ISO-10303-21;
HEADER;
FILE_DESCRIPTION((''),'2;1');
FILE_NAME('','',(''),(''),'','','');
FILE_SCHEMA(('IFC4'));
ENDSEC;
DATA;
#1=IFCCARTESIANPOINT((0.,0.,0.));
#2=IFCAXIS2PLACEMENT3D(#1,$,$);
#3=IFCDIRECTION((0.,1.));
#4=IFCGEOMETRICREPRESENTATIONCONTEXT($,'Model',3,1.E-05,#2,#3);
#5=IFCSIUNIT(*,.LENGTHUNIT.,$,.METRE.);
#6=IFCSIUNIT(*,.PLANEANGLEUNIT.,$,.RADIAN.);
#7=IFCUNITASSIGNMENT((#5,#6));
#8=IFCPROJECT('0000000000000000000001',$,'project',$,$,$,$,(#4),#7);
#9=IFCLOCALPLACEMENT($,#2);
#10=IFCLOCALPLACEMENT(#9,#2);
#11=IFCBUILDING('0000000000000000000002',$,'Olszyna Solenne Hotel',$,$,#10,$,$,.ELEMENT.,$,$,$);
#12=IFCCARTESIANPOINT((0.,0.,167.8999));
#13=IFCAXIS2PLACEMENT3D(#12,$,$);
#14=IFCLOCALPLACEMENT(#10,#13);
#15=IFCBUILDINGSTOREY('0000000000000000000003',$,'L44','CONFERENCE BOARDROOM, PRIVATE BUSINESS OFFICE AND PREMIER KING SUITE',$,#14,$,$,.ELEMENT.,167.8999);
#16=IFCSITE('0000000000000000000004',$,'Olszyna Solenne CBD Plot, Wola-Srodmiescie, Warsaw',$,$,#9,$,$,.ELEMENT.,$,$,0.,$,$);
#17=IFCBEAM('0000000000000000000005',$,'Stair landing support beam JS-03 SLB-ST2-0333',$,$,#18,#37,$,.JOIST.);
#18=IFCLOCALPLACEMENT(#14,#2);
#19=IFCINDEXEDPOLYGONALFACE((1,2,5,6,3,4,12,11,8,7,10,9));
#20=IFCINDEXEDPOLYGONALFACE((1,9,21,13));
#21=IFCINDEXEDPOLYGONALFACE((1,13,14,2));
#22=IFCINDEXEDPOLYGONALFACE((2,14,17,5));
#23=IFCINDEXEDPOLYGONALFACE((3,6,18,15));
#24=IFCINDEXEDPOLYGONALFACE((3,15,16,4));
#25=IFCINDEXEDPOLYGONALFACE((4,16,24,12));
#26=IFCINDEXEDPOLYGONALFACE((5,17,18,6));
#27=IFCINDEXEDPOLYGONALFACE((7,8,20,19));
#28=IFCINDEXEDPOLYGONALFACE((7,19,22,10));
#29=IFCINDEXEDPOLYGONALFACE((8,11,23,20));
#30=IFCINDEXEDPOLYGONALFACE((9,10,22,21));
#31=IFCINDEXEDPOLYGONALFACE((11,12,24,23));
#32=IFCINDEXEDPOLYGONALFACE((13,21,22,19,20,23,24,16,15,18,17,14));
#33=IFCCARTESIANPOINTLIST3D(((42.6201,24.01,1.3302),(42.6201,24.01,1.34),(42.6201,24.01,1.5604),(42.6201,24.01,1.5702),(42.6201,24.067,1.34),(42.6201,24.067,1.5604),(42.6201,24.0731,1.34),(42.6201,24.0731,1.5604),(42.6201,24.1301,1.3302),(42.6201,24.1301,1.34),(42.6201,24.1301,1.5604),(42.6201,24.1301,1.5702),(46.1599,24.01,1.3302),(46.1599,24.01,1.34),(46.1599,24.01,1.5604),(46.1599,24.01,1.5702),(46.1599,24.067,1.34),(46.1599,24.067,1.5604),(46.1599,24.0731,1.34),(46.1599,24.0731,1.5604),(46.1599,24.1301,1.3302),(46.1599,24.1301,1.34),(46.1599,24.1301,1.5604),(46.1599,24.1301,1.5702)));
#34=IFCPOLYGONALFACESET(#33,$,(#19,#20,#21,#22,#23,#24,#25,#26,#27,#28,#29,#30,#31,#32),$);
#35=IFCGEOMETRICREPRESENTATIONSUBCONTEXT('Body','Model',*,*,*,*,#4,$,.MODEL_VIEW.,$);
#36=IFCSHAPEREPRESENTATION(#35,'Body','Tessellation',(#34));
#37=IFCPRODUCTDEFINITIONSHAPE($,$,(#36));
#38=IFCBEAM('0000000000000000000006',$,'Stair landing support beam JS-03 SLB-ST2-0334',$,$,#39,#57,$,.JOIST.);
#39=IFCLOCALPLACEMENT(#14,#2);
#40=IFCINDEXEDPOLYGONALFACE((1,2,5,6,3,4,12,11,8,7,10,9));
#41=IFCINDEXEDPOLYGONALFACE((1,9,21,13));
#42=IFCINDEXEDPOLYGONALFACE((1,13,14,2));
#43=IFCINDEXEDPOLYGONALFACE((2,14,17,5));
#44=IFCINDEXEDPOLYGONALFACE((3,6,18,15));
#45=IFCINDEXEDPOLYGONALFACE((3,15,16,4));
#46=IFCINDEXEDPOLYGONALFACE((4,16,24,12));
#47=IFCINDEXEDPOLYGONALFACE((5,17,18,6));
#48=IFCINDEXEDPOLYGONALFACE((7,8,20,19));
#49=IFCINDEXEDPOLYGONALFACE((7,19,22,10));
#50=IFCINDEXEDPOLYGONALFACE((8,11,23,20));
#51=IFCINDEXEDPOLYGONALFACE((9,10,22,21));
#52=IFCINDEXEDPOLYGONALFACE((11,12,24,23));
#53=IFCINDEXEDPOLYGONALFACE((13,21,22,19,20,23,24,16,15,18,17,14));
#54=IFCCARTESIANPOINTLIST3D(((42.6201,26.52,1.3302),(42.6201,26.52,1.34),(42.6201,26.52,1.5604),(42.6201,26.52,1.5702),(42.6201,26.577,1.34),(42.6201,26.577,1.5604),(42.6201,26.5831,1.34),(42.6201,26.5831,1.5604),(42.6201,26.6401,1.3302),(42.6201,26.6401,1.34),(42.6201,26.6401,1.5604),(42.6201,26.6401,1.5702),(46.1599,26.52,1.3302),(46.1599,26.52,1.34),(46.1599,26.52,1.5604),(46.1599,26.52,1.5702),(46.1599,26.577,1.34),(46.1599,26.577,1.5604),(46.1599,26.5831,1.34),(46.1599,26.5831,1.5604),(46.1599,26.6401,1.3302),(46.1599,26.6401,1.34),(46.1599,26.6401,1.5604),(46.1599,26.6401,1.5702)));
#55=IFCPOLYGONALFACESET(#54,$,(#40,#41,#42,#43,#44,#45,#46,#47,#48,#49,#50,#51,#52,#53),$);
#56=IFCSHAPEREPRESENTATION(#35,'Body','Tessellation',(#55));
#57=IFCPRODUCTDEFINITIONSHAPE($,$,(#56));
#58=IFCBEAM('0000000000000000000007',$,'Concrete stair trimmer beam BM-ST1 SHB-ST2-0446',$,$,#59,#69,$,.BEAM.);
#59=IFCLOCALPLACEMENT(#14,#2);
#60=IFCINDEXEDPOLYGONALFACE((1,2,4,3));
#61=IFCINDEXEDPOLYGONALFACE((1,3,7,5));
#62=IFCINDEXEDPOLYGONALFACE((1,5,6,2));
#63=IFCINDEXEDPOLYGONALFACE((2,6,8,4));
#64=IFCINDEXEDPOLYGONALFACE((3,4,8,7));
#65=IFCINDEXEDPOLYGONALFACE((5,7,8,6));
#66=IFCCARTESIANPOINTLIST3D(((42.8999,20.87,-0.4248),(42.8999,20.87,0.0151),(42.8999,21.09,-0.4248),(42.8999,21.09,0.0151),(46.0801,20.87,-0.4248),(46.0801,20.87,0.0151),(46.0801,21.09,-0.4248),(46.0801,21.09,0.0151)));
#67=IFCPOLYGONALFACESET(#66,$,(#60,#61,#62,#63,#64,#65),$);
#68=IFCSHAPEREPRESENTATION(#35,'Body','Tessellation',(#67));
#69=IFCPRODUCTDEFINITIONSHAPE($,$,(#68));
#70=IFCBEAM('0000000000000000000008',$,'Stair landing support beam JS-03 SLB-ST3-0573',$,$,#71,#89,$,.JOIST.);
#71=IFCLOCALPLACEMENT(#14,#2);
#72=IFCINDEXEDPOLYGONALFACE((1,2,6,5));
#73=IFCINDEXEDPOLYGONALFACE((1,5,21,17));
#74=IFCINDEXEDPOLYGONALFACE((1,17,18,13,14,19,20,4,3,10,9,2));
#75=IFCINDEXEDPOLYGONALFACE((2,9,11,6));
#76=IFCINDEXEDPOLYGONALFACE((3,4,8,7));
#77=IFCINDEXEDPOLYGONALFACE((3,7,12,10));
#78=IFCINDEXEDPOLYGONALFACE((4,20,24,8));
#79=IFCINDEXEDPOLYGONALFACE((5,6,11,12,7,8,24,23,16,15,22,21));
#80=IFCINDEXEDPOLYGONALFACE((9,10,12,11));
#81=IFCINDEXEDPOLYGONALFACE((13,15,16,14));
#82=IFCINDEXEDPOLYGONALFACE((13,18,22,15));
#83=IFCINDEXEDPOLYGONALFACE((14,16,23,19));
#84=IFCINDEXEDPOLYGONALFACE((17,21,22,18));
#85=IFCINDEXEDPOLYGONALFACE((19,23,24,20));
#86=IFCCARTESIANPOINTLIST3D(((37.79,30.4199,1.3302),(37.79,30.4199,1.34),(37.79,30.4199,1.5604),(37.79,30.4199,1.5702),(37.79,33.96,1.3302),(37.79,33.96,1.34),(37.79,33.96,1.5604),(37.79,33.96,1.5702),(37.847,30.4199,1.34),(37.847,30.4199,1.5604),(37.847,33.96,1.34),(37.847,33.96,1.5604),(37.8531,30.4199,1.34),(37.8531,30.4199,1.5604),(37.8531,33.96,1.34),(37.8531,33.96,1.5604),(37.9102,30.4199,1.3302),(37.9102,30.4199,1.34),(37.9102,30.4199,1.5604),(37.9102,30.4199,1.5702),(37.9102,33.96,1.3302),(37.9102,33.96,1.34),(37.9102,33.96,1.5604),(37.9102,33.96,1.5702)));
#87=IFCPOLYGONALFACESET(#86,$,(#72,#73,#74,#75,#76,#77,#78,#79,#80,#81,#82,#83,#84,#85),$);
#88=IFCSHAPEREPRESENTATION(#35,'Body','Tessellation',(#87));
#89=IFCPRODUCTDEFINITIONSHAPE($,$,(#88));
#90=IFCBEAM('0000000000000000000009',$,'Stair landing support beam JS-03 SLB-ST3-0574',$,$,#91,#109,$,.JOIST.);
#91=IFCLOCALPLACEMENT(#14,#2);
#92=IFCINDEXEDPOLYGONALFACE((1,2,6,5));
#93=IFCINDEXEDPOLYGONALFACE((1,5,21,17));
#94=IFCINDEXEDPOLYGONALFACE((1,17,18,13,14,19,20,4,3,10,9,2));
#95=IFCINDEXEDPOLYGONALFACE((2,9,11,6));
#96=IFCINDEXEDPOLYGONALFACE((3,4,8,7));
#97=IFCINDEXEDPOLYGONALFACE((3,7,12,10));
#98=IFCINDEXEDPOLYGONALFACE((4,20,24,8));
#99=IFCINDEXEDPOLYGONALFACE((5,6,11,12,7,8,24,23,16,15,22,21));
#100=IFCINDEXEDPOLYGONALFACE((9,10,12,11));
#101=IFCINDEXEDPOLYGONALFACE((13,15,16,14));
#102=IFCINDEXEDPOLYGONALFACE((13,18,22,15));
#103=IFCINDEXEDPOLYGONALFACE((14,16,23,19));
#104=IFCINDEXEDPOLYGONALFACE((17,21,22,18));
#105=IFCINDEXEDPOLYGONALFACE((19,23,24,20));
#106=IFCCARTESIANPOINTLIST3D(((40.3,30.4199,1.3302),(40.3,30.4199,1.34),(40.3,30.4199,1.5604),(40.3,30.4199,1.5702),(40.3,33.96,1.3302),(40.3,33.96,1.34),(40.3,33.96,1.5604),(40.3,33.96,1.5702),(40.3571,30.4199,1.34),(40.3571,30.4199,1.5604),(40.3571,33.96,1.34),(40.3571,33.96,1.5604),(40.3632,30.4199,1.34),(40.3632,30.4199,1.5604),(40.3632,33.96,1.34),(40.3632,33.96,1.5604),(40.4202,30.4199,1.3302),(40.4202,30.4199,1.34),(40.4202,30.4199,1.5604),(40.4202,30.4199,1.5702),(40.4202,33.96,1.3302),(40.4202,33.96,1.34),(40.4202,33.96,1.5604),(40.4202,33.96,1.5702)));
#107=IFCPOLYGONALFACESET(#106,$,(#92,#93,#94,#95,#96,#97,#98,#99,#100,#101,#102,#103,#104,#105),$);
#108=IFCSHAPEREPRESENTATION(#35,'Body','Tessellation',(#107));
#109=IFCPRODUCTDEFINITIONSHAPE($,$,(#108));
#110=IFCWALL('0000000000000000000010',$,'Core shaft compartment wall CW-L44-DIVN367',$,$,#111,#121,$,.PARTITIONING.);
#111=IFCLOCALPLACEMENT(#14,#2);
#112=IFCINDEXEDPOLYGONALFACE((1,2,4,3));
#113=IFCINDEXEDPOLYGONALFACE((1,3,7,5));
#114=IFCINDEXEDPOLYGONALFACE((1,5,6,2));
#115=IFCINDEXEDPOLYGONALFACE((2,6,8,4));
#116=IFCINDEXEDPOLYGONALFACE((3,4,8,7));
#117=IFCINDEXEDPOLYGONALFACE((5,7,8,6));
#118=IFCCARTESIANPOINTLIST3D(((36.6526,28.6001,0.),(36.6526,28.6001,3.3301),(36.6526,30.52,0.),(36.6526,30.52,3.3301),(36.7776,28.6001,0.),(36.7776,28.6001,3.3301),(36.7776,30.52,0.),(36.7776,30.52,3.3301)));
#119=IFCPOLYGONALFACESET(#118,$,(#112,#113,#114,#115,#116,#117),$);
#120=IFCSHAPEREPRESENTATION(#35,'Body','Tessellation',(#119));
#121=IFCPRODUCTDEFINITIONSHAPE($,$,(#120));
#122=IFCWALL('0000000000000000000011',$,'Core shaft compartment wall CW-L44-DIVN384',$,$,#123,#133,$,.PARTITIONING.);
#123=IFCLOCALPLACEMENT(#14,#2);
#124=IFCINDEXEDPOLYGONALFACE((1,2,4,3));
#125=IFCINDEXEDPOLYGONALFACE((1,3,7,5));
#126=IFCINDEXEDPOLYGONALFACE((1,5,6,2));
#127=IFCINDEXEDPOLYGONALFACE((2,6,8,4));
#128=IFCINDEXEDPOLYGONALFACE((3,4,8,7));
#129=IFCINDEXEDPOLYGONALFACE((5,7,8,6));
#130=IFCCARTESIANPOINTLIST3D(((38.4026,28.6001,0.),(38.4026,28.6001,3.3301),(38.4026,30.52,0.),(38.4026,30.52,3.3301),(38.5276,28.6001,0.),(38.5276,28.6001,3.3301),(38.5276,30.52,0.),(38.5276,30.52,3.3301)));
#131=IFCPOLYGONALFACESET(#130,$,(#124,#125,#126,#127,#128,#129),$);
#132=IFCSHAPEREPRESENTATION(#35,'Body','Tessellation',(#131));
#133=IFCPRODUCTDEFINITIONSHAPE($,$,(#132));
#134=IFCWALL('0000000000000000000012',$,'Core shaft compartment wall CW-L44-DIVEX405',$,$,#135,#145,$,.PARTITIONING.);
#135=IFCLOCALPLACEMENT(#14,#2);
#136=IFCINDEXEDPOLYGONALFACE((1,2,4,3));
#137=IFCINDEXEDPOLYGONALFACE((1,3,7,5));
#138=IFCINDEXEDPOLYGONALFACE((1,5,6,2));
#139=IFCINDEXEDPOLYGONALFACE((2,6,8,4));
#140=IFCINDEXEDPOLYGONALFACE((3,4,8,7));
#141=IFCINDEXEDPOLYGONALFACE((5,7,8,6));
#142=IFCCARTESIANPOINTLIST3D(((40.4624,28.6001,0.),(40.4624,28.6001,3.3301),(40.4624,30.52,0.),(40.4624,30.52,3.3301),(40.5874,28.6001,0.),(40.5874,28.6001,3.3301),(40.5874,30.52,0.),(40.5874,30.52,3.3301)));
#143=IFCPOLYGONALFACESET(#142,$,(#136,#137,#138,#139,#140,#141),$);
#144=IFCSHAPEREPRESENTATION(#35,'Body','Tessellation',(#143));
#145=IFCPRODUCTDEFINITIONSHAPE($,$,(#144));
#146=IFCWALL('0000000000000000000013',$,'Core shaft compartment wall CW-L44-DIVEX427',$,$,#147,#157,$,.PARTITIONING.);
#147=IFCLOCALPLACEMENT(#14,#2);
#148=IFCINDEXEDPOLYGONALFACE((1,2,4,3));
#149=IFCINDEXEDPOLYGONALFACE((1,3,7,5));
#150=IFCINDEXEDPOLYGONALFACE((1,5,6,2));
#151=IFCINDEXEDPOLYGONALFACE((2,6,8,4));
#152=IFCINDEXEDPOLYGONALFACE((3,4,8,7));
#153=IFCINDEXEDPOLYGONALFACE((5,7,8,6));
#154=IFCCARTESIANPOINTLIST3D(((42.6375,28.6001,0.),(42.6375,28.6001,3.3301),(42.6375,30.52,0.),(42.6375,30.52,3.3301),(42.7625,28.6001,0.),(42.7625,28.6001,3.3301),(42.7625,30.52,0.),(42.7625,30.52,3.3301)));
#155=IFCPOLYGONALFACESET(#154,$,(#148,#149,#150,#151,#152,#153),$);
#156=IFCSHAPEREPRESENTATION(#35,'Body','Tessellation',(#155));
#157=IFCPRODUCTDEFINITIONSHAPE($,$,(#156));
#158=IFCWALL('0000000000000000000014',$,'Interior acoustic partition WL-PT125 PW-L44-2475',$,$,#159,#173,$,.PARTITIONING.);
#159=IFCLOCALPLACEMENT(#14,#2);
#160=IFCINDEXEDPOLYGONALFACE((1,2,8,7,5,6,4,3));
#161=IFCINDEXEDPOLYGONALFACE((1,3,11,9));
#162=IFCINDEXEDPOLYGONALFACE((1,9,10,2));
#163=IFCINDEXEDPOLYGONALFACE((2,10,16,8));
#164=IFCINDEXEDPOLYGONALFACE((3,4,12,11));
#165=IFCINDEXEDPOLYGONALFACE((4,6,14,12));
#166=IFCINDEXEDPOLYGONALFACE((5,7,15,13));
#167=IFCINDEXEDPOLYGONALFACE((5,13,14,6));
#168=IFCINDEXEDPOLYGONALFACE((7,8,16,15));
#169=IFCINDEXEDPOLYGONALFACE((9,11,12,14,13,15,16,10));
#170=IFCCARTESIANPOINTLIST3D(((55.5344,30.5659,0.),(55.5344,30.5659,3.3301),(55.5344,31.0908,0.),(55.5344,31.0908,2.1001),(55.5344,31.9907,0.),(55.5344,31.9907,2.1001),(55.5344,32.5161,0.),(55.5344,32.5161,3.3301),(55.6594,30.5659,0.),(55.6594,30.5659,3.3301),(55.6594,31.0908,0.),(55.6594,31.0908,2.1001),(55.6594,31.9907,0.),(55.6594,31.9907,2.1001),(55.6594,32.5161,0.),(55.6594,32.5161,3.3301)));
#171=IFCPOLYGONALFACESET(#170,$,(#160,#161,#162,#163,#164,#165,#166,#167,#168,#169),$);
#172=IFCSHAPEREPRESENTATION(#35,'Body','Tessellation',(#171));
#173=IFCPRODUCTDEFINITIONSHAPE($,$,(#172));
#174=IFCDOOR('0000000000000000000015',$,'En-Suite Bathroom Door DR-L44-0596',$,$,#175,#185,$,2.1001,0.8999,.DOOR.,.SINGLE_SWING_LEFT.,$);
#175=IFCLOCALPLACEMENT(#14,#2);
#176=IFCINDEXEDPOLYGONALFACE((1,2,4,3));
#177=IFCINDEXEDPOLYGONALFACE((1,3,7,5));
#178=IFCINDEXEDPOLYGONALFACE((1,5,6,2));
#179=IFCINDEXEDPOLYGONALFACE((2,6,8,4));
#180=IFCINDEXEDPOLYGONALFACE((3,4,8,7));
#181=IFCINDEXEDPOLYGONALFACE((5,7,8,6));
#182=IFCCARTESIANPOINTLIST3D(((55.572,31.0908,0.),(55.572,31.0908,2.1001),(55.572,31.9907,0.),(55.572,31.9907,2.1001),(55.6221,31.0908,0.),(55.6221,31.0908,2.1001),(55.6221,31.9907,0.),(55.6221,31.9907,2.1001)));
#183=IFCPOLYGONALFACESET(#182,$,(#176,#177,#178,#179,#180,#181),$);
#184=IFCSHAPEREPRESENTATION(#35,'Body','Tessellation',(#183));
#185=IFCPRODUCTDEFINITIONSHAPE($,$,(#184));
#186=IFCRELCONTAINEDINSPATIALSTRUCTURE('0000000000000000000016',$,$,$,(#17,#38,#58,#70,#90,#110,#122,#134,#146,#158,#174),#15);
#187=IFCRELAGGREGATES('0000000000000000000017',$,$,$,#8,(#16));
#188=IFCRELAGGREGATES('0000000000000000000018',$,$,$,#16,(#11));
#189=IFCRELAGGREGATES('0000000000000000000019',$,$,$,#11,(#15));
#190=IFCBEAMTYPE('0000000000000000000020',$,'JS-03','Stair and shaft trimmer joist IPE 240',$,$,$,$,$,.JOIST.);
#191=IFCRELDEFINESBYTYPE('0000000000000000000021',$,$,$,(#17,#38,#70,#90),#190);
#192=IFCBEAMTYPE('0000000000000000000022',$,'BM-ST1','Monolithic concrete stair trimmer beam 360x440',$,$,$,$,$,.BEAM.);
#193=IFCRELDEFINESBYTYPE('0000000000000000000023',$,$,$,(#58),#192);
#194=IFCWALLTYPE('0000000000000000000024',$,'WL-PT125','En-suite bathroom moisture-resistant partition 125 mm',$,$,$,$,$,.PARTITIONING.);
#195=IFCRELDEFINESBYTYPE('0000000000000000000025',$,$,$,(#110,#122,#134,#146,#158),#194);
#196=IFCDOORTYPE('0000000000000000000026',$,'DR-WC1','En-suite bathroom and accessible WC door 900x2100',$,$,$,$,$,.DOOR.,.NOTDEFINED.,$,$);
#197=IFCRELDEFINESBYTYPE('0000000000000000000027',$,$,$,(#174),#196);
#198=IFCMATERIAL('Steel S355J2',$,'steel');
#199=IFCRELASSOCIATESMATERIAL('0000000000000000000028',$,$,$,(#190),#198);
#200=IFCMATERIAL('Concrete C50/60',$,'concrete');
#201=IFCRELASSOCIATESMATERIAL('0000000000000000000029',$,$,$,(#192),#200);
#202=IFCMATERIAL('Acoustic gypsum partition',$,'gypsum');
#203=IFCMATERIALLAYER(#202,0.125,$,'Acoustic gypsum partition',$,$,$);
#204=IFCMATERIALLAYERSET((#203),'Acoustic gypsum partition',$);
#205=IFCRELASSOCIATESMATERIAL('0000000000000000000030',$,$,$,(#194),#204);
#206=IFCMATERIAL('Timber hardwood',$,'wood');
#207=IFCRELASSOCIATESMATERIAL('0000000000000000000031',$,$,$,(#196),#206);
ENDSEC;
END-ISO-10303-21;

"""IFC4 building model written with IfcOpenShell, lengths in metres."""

from ifc_helpers import new_model, si_unit, direction, frame, frame_2d, origin, origin_2d, place, context, subcontext, project, spatial, rectangle, i_section, extrude, source, transform, mapped, material, layer, layer_set, material_profile, profile_set, type_object, type_shapes, element, fill, save


model = new_model("IFC4")

# Units and contexts
model_context = context("Model", 3, precision=1e-05, world=origin(), true_north=direction((0.0, 1.0)))
body_context = subcontext(model_context, "Body", "Model", "MODEL_VIEW")
ifc_project = project(units=[si_unit("LENGTHUNIT", "METRE"), si_unit("PLANEANGLEUNIT", "RADIAN")], contexts=[model_context])

# Site, building, storey
site_placement = place(None, origin())
site = spatial("IfcSite", under=ifc_project, at=site_placement, Name="Olszyna Solenne CBD Plot, Wola-Srodmiescie, Warsaw", CompositionType="ELEMENT", RefElevation=0.0)
building_placement = place(site_placement, origin())
building = spatial("IfcBuilding", under=site, at=building_placement, Name="Olszyna Solenne Hotel", CompositionType="ELEMENT")
storey_placement = place(building_placement, frame((0.0, 0.0, 167.8999)))
storey = spatial("IfcBuildingStorey", under=building, at=storey_placement, Name="L44", Description="CONFERENCE BOARDROOM, PRIVATE BUSINESS OFFICE AND PREMIER KING SUITE", CompositionType="ELEMENT", Elevation=167.8999)

# Beams
ifc_material_1 = material(Name="Steel S355J2", Category="steel")
ifc_material_profile_1 = material_profile(ifc_material_1, i_section(OverallWidth=0.1201, OverallDepth=0.24, WebThickness=0.0061, FlangeThickness=0.0098, at=origin_2d()), Name="IPE 240", Category="load-bearing")
ifc_profile_set_1 = profile_set([ifc_material_profile_1], Name="Steel S355J2")
beam_type_1 = type_object("IfcBeamType", Name="JS-03", Description="Stair and shaft trimmer joist IPE 240", PredefinedType="JOIST", material=ifc_profile_set_1)
shared_shape_1 = source(origin(), body_context, "Body", "SweptSolid", [
    extrude(i_section(OverallWidth=0.1201, OverallDepth=0.24, WebThickness=0.0061, FlangeThickness=0.0098, at=origin_2d()), origin(), (0.0, 0.0, 1.0), 3.5398),
])
for number, where, z_axis, x_axis, name in (
    (1, (46.1599, 24.0701, 1.4502), (-1.0, 0.0, 0.0), (0.0, -1.0, 0.0), "Stair landing support beam JS-03 SLB-ST2-0333"),
    (2, (46.1599, 26.5801, 1.4502), (-1.0, 0.0, 0.0), (0.0, -1.0, 0.0), "Stair landing support beam JS-03 SLB-ST2-0334"),
):
    element("IfcBeam", number, at=place(storey_placement, frame(where, z_axis=z_axis, x_axis=x_axis)), inside=storey, type_object=beam_type_1, Name=name, PredefinedType="JOIST", context=body_context, shape_type="MappedRepresentation", body=[
        mapped(shared_shape_1, transform((0.0, 0.0, 0.0), x_axis=(1.0, 0.0, 0.0), y_axis=(0.0, 1.0, 0.0), z_axis=(0.0, 0.0, 1.0), scale=1.0)),
    ])
ifc_material_2 = material(Name="Concrete C50/60", Category="concrete")
ifc_material_profile_2 = material_profile(ifc_material_2, rectangle(XDim=0.22, YDim=0.4399, at=origin_2d()), Name="RC 220x440", Category="load-bearing")
ifc_profile_set_2 = profile_set([ifc_material_profile_2], Name="Concrete C50/60")
beam_type_2 = type_object("IfcBeamType", Name="BM-ST1", Description="Monolithic concrete stair trimmer beam 360x440", PredefinedType="BEAM", material=ifc_profile_set_2)
shared_shape_2 = source(origin(), body_context, "Body", "SweptSolid", [
    extrude(rectangle(XDim=0.22, YDim=0.4399, at=origin_2d()), origin(), (0.0, 0.0, 1.0), 3.1802),
])
beam_placement = place(storey_placement, frame((46.0801, 20.98, -0.2048), z_axis=(-1.0, 0.0, 0.0), x_axis=(0.0, -1.0, 0.0)))
element("IfcBeam", 3, at=beam_placement, inside=storey, type_object=beam_type_2, Name="Concrete stair trimmer beam BM-ST1 SHB-ST2-0446", PredefinedType="BEAM", context=body_context, shape_type="MappedRepresentation", body=[
    mapped(shared_shape_2, transform((0.0, 0.0, 0.0), x_axis=(1.0, 0.0, 0.0), y_axis=(0.0, 1.0, 0.0), z_axis=(0.0, 0.0, 1.0), scale=1.0)),
])
shared_shape_3 = source(origin(), body_context, "Body", "SweptSolid", [
    extrude(i_section(OverallWidth=0.1201, OverallDepth=0.24, WebThickness=0.0061, FlangeThickness=0.0098, at=origin_2d()), origin(), (0.0, 0.0, 1.0), 3.54),
])
for number, where, z_axis, x_axis, name in (
    (4, (37.8501, 30.4199, 1.4502), (0.0, 1.0, 0.0), (-1.0, 0.0, 0.0), "Stair landing support beam JS-03 SLB-ST3-0573"),
    (5, (40.3601, 30.4199, 1.4502), (0.0, 1.0, 0.0), (-1.0, 0.0, 0.0), "Stair landing support beam JS-03 SLB-ST3-0574"),
):
    element("IfcBeam", number, at=place(storey_placement, frame(where, z_axis=z_axis, x_axis=x_axis)), inside=storey, type_object=beam_type_1, Name=name, PredefinedType="JOIST", context=body_context, shape_type="MappedRepresentation", body=[
        mapped(shared_shape_3, transform((0.0, 0.0, 0.0), x_axis=(1.0, 0.0, 0.0), y_axis=(0.0, 1.0, 0.0), z_axis=(0.0, 0.0, 1.0), scale=1.0)),
    ])

# Walls
ifc_material_3 = material(Name="Acoustic gypsum partition", Category="gypsum")
ifc_layer_1 = layer(ifc_material_3, 0.125, Name="Acoustic gypsum partition")
ifc_layer_set_1 = layer_set([ifc_layer_1], Name="Acoustic gypsum partition")
wall_type_1 = type_object("IfcWallType", Name="WL-PT125", Description="En-suite bathroom moisture-resistant partition 125 mm", PredefinedType="PARTITIONING", material=ifc_layer_set_1)
for number, where, z_axis, x_axis, name in (
    (6, (36.7151, 28.6001, 0.0), (0.0, 0.0, 1.0), (0.0, 1.0, 0.0), "Core shaft compartment wall CW-L44-DIVN367"),
    (7, (38.4651, 28.6001, 0.0), (0.0, 0.0, 1.0), (0.0, 1.0, 0.0), "Core shaft compartment wall CW-L44-DIVN384"),
    (8, (40.5249, 28.6001, 0.0), (0.0, 0.0, 1.0), (0.0, 1.0, 0.0), "Core shaft compartment wall CW-L44-DIVEX405"),
    (9, (42.7, 28.6001, 0.0), (0.0, 0.0, 1.0), (0.0, 1.0, 0.0), "Core shaft compartment wall CW-L44-DIVEX427"),
):
    element("IfcWall", number, at=place(storey_placement, frame(where, z_axis=z_axis, x_axis=x_axis)), inside=storey, type_object=wall_type_1, Name=name, PredefinedType="PARTITIONING", context=body_context, shape_type="SweptSolid", body=[
        extrude(rectangle(XDim=1.9199, YDim=0.125, at=frame_2d((0.96, 0.0))), origin(), (0.0, 0.0, 1.0), 3.3301),
    ])

# Wall, opening, door
wall_1_placement = place(storey_placement, frame((55.5969, 30.5659, 0.0), z_axis=(0.0, 0.0, 1.0), x_axis=(0.0, 1.0, 0.0)))
wall_1 = element("IfcWall", 10, at=wall_1_placement, inside=storey, type_object=wall_type_1, Name="Interior acoustic partition WL-PT125 PW-L44-2475", PredefinedType="PARTITIONING", context=body_context, shape_type="SweptSolid", body=[
    extrude(rectangle(XDim=1.9502, YDim=0.125, at=frame_2d((0.9751, 0.0))), origin(), (0.0, 0.0, 1.0), 3.3301),
])
opening_1_placement = place(wall_1_placement, frame((0.5249, 0.0, 0.0)))
opening_1 = element("IfcOpeningElement", 11, at=opening_1_placement, cuts=wall_1, PredefinedType="OPENING", context=body_context, shape_type="SweptSolid", body=[
    extrude(rectangle(XDim=0.8999, YDim=2.1001, at=frame_2d((0.45, 1.05))), frame((0.0, 0.0725, 0.0), z_axis=(0.0, -1.0, 0.0), x_axis=(1.0, 0.0, 0.0)), (0.0, 0.0, 1.0), 0.145),
])
ifc_material_4 = material(Name="Timber hardwood", Category="wood")
door_type_1 = type_object("IfcDoorType", Name="DR-WC1", Description="En-suite bathroom and accessible WC door 900x2100", OperationType="NOTDEFINED", PredefinedType="DOOR", material=ifc_material_4)
shared_shape_4 = source(origin(), body_context, "Body", "SweptSolid", [
    extrude(rectangle(XDim=0.8999, YDim=2.1001, at=frame_2d((0.45, 1.05))), frame((0.0, 0.0249, 0.0), z_axis=(0.0, -1.0, 0.0), x_axis=(1.0, 0.0, 0.0)), (0.0, 0.0, 1.0), 0.05),
])
type_shapes(door_type_1, [shared_shape_4])
door_1_placement = place(opening_1_placement, origin())
door_1 = element("IfcDoor", 12, at=door_1_placement, inside=storey, type_object=door_type_1, Name="En-Suite Bathroom Door DR-L44-0596", OperationType="SINGLE_SWING_LEFT", OverallHeight=2.1001, OverallWidth=0.8999, PredefinedType="DOOR", context=body_context, shape_type="MappedRepresentation", body=[
    mapped(shared_shape_4, transform((0.0, 0.0, 0.0), x_axis=(1.0, 0.0, 0.0), y_axis=(0.0, 1.0, 0.0), z_axis=(0.0, 0.0, 1.0), scale=1.0)),
])
fill(opening_1, door_1)

save(model, "model.ifc")
